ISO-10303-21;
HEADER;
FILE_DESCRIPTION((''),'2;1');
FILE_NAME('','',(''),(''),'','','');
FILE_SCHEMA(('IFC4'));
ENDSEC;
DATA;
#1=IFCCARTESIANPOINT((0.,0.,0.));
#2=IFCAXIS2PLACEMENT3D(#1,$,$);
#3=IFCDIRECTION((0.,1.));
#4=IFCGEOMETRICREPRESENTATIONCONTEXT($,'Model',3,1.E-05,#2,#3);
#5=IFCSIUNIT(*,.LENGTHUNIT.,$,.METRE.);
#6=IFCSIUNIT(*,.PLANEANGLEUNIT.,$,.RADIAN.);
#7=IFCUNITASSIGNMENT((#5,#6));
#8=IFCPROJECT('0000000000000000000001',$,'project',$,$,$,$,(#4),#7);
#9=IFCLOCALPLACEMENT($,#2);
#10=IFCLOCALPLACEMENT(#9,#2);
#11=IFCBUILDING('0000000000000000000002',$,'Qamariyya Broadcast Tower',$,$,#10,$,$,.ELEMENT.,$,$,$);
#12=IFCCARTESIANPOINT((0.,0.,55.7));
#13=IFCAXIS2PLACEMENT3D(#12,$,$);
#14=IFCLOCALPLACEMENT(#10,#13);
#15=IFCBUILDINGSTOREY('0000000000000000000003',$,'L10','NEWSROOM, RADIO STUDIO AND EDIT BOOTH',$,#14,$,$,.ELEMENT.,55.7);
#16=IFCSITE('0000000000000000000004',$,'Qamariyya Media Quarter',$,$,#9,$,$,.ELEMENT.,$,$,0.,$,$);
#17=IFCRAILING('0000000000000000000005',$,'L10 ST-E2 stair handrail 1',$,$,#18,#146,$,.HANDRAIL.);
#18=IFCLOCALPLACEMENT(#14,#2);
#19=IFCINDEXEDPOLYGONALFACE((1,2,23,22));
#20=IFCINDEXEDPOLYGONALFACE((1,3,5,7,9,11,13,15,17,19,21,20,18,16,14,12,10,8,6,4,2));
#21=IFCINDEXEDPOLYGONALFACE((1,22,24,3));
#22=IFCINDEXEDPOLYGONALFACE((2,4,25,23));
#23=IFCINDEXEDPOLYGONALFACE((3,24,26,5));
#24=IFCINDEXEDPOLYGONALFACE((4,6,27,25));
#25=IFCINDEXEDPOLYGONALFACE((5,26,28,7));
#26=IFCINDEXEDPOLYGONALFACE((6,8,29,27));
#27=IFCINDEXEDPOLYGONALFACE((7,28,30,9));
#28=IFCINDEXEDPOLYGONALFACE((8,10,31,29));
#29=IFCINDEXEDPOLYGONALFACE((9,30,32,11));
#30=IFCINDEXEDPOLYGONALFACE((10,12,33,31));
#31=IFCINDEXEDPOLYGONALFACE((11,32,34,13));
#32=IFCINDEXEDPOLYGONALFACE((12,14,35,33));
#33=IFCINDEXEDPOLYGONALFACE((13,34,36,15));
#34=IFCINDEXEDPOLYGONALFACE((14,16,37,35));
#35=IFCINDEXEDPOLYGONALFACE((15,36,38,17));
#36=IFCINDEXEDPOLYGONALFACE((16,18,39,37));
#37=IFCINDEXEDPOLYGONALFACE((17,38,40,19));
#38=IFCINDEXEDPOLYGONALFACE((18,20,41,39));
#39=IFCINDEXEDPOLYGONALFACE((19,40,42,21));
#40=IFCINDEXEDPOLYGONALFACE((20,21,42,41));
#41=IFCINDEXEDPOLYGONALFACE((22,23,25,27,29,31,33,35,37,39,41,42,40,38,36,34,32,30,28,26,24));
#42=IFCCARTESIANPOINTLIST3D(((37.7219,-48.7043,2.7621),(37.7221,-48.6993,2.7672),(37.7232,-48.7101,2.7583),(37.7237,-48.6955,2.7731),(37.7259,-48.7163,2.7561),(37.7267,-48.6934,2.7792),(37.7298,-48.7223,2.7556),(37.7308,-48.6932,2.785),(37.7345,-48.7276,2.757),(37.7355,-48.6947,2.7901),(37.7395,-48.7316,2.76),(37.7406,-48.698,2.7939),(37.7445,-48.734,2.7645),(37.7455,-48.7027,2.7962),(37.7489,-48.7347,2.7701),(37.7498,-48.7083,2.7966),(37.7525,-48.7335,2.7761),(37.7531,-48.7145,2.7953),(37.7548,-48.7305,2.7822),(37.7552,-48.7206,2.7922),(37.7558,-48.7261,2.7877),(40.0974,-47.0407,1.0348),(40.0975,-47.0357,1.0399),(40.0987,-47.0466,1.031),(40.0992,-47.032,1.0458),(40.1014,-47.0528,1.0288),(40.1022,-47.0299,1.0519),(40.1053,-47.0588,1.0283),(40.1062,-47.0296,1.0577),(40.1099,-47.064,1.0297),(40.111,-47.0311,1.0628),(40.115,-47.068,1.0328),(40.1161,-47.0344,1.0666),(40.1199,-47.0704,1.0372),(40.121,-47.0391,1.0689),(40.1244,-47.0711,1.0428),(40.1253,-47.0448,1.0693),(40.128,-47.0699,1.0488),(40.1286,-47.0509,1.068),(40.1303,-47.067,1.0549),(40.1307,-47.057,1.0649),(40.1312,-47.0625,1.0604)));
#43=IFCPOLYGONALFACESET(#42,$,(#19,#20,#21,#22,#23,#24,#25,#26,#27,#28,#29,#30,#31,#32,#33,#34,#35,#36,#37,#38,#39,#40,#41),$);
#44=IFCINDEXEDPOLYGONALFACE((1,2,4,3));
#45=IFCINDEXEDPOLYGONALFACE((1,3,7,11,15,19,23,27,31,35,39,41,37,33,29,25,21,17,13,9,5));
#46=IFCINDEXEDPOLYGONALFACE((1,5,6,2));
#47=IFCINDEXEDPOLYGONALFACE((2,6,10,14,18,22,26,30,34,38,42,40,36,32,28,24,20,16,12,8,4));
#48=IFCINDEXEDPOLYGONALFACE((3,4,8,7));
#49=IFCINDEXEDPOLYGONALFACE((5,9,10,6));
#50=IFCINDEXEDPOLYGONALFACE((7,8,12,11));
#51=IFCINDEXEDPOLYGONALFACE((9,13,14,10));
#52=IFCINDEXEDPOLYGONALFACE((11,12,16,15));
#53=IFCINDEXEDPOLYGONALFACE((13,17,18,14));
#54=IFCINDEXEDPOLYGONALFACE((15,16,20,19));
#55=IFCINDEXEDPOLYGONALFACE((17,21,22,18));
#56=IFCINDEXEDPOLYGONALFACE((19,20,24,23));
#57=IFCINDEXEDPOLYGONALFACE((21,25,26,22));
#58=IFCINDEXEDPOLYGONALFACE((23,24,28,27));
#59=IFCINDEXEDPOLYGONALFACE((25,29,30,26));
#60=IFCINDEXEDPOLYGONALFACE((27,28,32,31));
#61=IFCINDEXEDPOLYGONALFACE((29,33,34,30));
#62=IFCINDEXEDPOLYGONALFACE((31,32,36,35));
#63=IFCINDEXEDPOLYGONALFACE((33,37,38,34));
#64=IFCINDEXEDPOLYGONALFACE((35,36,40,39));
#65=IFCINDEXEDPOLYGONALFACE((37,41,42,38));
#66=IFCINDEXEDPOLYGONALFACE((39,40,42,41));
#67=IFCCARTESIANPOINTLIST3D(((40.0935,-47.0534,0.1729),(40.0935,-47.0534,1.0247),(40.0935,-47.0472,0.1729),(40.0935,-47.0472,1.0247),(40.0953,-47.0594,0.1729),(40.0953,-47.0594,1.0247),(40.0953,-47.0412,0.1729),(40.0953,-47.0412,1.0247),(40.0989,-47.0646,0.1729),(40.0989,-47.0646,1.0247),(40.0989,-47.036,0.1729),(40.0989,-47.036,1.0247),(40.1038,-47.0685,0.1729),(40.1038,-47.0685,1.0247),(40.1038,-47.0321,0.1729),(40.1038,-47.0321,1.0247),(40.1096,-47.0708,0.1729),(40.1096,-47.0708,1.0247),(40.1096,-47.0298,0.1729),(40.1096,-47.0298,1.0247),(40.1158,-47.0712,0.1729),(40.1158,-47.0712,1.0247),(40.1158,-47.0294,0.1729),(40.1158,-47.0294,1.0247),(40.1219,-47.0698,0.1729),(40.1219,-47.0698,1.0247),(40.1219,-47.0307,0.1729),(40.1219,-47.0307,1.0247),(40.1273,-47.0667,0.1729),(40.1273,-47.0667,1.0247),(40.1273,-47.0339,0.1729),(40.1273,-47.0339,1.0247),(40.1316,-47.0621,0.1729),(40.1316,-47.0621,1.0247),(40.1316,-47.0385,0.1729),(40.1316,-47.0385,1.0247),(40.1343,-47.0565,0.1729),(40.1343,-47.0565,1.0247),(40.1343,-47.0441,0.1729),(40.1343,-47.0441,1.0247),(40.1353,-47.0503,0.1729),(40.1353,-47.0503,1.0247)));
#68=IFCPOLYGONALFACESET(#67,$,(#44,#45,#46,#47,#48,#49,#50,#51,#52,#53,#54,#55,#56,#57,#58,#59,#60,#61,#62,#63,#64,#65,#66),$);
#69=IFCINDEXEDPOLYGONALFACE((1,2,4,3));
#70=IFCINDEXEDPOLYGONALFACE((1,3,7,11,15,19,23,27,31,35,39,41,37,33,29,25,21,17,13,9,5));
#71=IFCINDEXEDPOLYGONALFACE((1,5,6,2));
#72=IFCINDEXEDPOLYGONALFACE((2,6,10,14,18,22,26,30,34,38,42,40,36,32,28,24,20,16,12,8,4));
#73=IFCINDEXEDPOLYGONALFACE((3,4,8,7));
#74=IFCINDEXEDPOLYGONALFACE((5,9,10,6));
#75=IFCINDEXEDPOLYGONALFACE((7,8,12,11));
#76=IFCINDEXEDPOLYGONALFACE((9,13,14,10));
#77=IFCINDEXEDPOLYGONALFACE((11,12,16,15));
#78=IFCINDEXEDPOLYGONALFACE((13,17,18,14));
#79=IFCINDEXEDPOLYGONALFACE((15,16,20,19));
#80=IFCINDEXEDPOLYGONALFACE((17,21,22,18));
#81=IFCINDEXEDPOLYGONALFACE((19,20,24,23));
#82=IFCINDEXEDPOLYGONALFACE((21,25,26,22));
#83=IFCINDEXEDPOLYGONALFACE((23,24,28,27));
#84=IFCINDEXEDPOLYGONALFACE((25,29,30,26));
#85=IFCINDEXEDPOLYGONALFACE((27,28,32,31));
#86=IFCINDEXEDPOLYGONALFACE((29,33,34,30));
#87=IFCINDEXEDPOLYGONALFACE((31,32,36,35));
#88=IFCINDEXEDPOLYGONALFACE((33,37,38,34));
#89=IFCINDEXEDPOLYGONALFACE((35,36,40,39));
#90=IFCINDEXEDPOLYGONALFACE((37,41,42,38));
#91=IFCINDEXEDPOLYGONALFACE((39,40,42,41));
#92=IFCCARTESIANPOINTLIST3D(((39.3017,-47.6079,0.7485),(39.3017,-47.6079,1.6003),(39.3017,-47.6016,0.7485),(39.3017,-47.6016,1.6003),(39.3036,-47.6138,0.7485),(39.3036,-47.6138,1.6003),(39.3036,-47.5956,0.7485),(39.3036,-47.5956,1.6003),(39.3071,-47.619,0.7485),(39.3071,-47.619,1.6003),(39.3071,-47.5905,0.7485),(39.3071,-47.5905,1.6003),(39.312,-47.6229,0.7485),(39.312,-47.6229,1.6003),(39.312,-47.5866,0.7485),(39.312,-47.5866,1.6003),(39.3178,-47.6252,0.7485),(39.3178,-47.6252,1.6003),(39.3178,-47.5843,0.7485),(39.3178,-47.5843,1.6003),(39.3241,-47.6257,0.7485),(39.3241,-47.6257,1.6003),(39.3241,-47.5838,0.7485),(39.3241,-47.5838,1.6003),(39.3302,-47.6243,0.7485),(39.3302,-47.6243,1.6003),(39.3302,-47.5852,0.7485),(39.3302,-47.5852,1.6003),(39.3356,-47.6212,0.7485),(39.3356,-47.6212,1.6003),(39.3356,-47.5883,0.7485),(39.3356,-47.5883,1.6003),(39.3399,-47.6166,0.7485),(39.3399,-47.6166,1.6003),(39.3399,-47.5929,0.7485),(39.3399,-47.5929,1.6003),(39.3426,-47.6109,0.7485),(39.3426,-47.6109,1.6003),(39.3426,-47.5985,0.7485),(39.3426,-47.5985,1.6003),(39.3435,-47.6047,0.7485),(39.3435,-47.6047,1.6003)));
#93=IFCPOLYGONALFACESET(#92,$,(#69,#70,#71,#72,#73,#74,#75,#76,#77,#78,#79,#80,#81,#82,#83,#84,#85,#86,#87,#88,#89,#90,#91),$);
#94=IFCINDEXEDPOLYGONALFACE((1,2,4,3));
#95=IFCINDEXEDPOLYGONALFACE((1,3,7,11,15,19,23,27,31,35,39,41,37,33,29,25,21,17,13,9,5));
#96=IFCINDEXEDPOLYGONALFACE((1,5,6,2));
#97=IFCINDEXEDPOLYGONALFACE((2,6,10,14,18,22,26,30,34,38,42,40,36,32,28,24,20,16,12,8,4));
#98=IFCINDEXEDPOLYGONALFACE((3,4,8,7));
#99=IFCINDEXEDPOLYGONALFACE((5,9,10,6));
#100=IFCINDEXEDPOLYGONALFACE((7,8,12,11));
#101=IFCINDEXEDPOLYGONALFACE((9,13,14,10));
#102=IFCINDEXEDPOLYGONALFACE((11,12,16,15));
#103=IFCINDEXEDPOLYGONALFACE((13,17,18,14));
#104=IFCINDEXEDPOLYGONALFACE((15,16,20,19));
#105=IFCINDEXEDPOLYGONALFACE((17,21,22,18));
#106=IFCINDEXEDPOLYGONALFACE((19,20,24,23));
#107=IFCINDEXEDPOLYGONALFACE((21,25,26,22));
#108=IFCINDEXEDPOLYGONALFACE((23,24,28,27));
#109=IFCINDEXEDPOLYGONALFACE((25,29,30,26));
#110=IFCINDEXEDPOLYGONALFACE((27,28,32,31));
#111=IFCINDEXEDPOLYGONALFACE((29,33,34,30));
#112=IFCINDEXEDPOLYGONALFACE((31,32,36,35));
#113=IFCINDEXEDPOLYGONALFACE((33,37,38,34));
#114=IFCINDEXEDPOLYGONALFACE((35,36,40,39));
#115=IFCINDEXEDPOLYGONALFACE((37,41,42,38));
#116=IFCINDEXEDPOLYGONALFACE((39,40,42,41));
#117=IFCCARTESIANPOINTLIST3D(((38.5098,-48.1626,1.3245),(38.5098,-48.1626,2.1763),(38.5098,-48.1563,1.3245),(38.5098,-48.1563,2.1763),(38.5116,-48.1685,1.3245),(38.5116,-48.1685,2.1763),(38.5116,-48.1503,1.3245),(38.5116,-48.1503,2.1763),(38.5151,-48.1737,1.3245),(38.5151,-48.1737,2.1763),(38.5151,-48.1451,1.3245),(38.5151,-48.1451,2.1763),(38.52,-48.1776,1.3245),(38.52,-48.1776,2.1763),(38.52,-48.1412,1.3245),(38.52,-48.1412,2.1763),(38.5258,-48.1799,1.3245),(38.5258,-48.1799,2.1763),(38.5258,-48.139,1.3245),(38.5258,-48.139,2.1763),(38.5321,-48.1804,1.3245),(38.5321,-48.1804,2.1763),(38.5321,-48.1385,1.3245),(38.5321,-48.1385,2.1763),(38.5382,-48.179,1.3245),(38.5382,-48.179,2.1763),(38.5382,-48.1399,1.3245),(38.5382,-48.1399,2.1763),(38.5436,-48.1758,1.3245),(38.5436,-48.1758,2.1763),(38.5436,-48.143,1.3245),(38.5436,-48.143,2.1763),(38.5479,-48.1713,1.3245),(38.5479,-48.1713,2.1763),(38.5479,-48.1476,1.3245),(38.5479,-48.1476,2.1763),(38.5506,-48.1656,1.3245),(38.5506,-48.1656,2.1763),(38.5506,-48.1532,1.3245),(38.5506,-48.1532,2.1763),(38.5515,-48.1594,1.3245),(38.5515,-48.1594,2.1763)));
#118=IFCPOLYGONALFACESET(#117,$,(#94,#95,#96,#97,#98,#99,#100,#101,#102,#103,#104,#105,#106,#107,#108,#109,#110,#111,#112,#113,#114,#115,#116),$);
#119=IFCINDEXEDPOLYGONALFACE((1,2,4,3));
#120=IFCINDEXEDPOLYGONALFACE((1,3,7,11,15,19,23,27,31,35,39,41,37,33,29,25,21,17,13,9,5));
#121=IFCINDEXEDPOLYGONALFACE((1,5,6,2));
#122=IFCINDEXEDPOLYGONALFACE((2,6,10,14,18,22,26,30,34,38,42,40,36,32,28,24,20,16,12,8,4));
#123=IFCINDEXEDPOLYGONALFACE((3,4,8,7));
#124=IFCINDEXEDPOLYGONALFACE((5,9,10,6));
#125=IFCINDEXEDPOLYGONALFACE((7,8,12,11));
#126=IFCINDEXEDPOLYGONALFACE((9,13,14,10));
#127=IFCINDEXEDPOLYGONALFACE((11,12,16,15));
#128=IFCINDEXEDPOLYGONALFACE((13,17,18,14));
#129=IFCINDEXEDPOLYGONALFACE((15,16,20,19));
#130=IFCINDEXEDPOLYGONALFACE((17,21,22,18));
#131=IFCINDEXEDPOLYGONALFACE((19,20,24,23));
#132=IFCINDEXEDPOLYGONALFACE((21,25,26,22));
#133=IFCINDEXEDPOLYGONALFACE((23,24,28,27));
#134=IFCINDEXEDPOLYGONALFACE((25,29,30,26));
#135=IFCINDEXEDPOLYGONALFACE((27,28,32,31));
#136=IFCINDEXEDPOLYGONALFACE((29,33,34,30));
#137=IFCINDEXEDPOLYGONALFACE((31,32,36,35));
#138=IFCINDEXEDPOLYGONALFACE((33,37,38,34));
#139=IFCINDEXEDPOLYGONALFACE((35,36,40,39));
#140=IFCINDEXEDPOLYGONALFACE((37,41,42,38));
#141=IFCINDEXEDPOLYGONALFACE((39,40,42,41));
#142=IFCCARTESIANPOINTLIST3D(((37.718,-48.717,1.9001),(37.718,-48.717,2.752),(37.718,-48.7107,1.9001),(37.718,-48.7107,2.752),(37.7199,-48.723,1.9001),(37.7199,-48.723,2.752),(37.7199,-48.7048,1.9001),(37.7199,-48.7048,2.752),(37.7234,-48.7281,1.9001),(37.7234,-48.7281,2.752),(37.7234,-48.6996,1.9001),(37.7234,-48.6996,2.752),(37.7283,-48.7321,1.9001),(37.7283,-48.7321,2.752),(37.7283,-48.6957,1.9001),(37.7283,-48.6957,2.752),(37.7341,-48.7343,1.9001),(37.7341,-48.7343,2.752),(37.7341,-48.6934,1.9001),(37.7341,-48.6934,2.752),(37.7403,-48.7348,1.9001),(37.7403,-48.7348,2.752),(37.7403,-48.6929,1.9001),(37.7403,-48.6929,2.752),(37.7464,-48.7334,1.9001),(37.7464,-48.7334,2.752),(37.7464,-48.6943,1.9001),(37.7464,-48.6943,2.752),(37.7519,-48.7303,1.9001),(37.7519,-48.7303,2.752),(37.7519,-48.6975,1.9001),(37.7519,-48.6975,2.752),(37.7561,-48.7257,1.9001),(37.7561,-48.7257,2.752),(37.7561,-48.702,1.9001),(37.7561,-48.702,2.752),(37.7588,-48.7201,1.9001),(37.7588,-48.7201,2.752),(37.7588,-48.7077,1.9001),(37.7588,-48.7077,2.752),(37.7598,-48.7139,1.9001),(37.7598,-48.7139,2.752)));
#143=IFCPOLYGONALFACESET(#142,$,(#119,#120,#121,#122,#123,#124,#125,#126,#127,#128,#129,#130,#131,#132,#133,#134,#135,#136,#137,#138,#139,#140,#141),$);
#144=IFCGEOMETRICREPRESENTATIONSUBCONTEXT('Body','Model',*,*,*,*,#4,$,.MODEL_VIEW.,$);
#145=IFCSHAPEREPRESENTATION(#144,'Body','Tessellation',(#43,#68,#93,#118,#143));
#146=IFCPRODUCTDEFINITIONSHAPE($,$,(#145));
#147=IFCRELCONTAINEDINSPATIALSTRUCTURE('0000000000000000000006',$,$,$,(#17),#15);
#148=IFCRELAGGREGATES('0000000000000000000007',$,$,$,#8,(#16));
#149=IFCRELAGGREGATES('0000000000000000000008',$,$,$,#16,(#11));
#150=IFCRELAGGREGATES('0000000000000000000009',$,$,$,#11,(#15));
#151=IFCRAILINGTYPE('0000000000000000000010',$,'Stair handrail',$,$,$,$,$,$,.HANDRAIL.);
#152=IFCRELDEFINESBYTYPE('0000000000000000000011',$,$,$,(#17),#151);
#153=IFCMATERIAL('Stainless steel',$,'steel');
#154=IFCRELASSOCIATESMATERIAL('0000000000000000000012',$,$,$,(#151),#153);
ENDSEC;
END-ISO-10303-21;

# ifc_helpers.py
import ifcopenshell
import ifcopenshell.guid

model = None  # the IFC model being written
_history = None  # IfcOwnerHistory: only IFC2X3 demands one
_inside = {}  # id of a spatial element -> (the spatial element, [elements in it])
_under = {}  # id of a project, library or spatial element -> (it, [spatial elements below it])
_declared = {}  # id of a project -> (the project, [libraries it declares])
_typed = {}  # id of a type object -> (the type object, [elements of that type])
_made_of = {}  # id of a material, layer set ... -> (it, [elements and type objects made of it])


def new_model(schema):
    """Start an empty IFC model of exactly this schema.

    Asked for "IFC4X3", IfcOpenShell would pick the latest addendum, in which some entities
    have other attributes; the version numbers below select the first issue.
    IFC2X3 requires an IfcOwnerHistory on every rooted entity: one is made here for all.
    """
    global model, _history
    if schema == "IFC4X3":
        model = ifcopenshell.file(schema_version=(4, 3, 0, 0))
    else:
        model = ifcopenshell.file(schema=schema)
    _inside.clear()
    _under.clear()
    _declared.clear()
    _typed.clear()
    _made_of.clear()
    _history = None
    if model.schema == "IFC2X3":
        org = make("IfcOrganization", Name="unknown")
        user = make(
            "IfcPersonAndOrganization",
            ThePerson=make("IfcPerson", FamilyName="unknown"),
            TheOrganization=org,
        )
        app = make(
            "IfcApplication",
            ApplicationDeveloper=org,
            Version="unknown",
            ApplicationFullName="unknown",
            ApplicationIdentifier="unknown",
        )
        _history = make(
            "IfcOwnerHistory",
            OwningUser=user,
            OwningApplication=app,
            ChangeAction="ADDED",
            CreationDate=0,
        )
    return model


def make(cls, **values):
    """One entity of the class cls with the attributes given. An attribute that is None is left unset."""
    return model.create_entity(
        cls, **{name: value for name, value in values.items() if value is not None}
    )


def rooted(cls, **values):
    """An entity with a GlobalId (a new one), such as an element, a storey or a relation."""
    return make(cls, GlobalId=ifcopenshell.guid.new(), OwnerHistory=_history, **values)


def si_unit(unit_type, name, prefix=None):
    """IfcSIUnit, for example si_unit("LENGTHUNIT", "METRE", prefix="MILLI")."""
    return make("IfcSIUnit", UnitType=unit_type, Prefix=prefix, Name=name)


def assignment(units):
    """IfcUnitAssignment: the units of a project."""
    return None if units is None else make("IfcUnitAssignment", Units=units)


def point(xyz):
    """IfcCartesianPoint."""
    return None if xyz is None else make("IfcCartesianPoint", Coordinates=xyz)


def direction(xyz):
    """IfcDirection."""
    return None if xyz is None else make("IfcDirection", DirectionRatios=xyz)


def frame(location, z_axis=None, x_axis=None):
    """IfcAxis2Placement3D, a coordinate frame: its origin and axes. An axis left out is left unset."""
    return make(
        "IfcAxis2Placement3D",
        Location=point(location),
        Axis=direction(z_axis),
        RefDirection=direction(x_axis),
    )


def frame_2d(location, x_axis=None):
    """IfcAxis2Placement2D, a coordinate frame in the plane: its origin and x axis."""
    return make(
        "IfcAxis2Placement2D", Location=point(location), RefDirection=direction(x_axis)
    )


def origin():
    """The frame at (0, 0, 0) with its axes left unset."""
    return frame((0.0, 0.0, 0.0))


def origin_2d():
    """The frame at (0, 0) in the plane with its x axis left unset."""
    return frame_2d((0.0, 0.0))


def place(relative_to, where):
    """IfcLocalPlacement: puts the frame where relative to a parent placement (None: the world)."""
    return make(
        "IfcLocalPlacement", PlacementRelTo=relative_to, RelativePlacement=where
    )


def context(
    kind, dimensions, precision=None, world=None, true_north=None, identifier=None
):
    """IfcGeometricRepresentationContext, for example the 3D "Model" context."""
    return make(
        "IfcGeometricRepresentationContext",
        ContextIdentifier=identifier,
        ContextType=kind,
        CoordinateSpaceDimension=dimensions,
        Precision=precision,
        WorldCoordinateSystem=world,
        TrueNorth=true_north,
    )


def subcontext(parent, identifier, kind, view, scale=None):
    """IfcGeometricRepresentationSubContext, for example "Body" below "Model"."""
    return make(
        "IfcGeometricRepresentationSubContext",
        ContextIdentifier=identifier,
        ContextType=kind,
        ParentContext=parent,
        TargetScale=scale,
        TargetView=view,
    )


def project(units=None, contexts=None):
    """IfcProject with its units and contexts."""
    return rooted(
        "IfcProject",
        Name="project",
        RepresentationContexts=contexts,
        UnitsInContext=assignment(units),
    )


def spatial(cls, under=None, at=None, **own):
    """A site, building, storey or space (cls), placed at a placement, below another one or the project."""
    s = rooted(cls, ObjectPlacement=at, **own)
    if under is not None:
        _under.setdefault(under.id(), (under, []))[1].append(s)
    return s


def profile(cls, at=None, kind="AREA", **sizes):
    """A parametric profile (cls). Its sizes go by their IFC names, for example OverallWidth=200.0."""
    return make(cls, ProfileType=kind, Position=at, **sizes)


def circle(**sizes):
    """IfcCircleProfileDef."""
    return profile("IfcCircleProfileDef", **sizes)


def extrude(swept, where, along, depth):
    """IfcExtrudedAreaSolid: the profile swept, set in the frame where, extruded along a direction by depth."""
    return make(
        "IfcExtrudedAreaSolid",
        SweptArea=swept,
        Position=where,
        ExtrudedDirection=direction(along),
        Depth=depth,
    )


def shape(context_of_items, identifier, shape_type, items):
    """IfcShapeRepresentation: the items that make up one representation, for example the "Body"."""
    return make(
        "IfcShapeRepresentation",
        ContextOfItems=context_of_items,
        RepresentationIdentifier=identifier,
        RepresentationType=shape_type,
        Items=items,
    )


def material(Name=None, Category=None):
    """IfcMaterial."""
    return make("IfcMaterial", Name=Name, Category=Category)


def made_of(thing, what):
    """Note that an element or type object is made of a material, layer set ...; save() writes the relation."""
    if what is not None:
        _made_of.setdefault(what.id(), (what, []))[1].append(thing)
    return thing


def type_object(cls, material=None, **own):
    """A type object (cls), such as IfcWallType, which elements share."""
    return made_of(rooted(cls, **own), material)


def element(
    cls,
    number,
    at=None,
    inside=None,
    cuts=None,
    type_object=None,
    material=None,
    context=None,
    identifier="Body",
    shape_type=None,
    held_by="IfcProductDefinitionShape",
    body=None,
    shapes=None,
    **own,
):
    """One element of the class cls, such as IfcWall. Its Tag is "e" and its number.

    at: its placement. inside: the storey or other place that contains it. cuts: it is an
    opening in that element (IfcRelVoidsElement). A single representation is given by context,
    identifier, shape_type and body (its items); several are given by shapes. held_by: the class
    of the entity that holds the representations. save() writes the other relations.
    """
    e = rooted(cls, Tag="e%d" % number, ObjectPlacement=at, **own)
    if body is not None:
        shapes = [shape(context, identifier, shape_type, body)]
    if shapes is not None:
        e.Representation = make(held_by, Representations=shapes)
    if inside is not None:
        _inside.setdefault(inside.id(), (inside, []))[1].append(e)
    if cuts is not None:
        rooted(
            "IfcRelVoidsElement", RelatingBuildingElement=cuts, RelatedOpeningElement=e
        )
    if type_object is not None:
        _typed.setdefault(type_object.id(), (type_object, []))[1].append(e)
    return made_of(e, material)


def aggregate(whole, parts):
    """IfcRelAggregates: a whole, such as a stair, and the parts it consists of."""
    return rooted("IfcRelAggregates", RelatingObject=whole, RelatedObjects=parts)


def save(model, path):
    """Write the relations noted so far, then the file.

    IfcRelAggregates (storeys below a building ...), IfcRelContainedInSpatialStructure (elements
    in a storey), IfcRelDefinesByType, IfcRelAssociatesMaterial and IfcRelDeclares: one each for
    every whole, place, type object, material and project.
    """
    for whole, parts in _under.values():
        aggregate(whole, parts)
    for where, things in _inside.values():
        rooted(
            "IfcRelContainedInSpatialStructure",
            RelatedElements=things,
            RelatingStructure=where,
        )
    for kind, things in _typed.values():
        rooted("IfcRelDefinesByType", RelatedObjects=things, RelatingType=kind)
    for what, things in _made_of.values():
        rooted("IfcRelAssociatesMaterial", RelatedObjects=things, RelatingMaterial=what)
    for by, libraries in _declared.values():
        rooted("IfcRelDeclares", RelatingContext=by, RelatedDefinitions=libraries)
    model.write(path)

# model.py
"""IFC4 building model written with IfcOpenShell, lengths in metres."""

from ifc_helpers import new_model, si_unit, direction, frame, origin, origin_2d, place, context, subcontext, project, spatial, circle, extrude, material, type_object, element, save


model = new_model("IFC4")

# Units and contexts
model_context = context("Model", 3, precision=1e-05, world=origin(), true_north=direction((0.0, 1.0)))
body_context = subcontext(model_context, "Body", "Model", "MODEL_VIEW")
ifc_project = project(units=[si_unit("LENGTHUNIT", "METRE"), si_unit("PLANEANGLEUNIT", "RADIAN")], contexts=[model_context])

# Site, building, storey
site_placement = place(None, origin())
site = spatial("IfcSite", under=ifc_project, at=site_placement, Name="Qamariyya Media Quarter", CompositionType="ELEMENT", RefElevation=0.0)
building_placement = place(site_placement, origin())
building = spatial("IfcBuilding", under=site, at=building_placement, Name="Qamariyya Broadcast Tower", CompositionType="ELEMENT")
storey_placement = place(building_placement, frame((0.0, 0.0, 55.7)))
storey = spatial("IfcBuildingStorey", under=building, at=storey_placement, Name="L10", Description="NEWSROOM, RADIO STUDIO AND EDIT BOOTH", CompositionType="ELEMENT", Elevation=55.7)

# Railing
ifc_material_1 = material(Name="Stainless steel", Category="steel")
railing_type_1 = type_object("IfcRailingType", Name="Stair handrail", PredefinedType="HANDRAIL", material=ifc_material_1)
railing_1_placement = place(storey_placement, frame((40.1143, -47.0503, 0.1729)))
element("IfcRailing", 1, at=railing_1_placement, inside=storey, type_object=railing_type_1, Name="L10 ST-E2 stair handrail 1", PredefinedType="HANDRAIL", context=body_context, shape_type="SweptSolid", body=[
    extrude(circle(Radius=0.0239, at=origin_2d()), frame((0.0, 0.0, 0.876), z_axis=(-0.703745, -0.492838, 0.511716), x_axis=(0.573632, -0.819113, 0.0)), (0.0, 0.0, 1.0), 3.3755),
    extrude(circle(Radius=0.021, at=origin_2d()), origin(), (0.0, 0.0, 1.0), 0.8518),
    extrude(circle(Radius=0.021, at=origin_2d()), frame((-0.7917, -0.5544, 0.5757)), (0.0, 0.0, 1.0), 0.8518),
    extrude(circle(Radius=0.021, at=origin_2d()), frame((-1.5837, -1.1091, 1.1516)), (0.0, 0.0, 1.0), 0.8518),
    extrude(circle(Radius=0.021, at=origin_2d()), frame((-2.3755, -1.6636, 1.7273)), (0.0, 0.0, 1.0), 0.8518),
])

save(model, "model.ifc")
